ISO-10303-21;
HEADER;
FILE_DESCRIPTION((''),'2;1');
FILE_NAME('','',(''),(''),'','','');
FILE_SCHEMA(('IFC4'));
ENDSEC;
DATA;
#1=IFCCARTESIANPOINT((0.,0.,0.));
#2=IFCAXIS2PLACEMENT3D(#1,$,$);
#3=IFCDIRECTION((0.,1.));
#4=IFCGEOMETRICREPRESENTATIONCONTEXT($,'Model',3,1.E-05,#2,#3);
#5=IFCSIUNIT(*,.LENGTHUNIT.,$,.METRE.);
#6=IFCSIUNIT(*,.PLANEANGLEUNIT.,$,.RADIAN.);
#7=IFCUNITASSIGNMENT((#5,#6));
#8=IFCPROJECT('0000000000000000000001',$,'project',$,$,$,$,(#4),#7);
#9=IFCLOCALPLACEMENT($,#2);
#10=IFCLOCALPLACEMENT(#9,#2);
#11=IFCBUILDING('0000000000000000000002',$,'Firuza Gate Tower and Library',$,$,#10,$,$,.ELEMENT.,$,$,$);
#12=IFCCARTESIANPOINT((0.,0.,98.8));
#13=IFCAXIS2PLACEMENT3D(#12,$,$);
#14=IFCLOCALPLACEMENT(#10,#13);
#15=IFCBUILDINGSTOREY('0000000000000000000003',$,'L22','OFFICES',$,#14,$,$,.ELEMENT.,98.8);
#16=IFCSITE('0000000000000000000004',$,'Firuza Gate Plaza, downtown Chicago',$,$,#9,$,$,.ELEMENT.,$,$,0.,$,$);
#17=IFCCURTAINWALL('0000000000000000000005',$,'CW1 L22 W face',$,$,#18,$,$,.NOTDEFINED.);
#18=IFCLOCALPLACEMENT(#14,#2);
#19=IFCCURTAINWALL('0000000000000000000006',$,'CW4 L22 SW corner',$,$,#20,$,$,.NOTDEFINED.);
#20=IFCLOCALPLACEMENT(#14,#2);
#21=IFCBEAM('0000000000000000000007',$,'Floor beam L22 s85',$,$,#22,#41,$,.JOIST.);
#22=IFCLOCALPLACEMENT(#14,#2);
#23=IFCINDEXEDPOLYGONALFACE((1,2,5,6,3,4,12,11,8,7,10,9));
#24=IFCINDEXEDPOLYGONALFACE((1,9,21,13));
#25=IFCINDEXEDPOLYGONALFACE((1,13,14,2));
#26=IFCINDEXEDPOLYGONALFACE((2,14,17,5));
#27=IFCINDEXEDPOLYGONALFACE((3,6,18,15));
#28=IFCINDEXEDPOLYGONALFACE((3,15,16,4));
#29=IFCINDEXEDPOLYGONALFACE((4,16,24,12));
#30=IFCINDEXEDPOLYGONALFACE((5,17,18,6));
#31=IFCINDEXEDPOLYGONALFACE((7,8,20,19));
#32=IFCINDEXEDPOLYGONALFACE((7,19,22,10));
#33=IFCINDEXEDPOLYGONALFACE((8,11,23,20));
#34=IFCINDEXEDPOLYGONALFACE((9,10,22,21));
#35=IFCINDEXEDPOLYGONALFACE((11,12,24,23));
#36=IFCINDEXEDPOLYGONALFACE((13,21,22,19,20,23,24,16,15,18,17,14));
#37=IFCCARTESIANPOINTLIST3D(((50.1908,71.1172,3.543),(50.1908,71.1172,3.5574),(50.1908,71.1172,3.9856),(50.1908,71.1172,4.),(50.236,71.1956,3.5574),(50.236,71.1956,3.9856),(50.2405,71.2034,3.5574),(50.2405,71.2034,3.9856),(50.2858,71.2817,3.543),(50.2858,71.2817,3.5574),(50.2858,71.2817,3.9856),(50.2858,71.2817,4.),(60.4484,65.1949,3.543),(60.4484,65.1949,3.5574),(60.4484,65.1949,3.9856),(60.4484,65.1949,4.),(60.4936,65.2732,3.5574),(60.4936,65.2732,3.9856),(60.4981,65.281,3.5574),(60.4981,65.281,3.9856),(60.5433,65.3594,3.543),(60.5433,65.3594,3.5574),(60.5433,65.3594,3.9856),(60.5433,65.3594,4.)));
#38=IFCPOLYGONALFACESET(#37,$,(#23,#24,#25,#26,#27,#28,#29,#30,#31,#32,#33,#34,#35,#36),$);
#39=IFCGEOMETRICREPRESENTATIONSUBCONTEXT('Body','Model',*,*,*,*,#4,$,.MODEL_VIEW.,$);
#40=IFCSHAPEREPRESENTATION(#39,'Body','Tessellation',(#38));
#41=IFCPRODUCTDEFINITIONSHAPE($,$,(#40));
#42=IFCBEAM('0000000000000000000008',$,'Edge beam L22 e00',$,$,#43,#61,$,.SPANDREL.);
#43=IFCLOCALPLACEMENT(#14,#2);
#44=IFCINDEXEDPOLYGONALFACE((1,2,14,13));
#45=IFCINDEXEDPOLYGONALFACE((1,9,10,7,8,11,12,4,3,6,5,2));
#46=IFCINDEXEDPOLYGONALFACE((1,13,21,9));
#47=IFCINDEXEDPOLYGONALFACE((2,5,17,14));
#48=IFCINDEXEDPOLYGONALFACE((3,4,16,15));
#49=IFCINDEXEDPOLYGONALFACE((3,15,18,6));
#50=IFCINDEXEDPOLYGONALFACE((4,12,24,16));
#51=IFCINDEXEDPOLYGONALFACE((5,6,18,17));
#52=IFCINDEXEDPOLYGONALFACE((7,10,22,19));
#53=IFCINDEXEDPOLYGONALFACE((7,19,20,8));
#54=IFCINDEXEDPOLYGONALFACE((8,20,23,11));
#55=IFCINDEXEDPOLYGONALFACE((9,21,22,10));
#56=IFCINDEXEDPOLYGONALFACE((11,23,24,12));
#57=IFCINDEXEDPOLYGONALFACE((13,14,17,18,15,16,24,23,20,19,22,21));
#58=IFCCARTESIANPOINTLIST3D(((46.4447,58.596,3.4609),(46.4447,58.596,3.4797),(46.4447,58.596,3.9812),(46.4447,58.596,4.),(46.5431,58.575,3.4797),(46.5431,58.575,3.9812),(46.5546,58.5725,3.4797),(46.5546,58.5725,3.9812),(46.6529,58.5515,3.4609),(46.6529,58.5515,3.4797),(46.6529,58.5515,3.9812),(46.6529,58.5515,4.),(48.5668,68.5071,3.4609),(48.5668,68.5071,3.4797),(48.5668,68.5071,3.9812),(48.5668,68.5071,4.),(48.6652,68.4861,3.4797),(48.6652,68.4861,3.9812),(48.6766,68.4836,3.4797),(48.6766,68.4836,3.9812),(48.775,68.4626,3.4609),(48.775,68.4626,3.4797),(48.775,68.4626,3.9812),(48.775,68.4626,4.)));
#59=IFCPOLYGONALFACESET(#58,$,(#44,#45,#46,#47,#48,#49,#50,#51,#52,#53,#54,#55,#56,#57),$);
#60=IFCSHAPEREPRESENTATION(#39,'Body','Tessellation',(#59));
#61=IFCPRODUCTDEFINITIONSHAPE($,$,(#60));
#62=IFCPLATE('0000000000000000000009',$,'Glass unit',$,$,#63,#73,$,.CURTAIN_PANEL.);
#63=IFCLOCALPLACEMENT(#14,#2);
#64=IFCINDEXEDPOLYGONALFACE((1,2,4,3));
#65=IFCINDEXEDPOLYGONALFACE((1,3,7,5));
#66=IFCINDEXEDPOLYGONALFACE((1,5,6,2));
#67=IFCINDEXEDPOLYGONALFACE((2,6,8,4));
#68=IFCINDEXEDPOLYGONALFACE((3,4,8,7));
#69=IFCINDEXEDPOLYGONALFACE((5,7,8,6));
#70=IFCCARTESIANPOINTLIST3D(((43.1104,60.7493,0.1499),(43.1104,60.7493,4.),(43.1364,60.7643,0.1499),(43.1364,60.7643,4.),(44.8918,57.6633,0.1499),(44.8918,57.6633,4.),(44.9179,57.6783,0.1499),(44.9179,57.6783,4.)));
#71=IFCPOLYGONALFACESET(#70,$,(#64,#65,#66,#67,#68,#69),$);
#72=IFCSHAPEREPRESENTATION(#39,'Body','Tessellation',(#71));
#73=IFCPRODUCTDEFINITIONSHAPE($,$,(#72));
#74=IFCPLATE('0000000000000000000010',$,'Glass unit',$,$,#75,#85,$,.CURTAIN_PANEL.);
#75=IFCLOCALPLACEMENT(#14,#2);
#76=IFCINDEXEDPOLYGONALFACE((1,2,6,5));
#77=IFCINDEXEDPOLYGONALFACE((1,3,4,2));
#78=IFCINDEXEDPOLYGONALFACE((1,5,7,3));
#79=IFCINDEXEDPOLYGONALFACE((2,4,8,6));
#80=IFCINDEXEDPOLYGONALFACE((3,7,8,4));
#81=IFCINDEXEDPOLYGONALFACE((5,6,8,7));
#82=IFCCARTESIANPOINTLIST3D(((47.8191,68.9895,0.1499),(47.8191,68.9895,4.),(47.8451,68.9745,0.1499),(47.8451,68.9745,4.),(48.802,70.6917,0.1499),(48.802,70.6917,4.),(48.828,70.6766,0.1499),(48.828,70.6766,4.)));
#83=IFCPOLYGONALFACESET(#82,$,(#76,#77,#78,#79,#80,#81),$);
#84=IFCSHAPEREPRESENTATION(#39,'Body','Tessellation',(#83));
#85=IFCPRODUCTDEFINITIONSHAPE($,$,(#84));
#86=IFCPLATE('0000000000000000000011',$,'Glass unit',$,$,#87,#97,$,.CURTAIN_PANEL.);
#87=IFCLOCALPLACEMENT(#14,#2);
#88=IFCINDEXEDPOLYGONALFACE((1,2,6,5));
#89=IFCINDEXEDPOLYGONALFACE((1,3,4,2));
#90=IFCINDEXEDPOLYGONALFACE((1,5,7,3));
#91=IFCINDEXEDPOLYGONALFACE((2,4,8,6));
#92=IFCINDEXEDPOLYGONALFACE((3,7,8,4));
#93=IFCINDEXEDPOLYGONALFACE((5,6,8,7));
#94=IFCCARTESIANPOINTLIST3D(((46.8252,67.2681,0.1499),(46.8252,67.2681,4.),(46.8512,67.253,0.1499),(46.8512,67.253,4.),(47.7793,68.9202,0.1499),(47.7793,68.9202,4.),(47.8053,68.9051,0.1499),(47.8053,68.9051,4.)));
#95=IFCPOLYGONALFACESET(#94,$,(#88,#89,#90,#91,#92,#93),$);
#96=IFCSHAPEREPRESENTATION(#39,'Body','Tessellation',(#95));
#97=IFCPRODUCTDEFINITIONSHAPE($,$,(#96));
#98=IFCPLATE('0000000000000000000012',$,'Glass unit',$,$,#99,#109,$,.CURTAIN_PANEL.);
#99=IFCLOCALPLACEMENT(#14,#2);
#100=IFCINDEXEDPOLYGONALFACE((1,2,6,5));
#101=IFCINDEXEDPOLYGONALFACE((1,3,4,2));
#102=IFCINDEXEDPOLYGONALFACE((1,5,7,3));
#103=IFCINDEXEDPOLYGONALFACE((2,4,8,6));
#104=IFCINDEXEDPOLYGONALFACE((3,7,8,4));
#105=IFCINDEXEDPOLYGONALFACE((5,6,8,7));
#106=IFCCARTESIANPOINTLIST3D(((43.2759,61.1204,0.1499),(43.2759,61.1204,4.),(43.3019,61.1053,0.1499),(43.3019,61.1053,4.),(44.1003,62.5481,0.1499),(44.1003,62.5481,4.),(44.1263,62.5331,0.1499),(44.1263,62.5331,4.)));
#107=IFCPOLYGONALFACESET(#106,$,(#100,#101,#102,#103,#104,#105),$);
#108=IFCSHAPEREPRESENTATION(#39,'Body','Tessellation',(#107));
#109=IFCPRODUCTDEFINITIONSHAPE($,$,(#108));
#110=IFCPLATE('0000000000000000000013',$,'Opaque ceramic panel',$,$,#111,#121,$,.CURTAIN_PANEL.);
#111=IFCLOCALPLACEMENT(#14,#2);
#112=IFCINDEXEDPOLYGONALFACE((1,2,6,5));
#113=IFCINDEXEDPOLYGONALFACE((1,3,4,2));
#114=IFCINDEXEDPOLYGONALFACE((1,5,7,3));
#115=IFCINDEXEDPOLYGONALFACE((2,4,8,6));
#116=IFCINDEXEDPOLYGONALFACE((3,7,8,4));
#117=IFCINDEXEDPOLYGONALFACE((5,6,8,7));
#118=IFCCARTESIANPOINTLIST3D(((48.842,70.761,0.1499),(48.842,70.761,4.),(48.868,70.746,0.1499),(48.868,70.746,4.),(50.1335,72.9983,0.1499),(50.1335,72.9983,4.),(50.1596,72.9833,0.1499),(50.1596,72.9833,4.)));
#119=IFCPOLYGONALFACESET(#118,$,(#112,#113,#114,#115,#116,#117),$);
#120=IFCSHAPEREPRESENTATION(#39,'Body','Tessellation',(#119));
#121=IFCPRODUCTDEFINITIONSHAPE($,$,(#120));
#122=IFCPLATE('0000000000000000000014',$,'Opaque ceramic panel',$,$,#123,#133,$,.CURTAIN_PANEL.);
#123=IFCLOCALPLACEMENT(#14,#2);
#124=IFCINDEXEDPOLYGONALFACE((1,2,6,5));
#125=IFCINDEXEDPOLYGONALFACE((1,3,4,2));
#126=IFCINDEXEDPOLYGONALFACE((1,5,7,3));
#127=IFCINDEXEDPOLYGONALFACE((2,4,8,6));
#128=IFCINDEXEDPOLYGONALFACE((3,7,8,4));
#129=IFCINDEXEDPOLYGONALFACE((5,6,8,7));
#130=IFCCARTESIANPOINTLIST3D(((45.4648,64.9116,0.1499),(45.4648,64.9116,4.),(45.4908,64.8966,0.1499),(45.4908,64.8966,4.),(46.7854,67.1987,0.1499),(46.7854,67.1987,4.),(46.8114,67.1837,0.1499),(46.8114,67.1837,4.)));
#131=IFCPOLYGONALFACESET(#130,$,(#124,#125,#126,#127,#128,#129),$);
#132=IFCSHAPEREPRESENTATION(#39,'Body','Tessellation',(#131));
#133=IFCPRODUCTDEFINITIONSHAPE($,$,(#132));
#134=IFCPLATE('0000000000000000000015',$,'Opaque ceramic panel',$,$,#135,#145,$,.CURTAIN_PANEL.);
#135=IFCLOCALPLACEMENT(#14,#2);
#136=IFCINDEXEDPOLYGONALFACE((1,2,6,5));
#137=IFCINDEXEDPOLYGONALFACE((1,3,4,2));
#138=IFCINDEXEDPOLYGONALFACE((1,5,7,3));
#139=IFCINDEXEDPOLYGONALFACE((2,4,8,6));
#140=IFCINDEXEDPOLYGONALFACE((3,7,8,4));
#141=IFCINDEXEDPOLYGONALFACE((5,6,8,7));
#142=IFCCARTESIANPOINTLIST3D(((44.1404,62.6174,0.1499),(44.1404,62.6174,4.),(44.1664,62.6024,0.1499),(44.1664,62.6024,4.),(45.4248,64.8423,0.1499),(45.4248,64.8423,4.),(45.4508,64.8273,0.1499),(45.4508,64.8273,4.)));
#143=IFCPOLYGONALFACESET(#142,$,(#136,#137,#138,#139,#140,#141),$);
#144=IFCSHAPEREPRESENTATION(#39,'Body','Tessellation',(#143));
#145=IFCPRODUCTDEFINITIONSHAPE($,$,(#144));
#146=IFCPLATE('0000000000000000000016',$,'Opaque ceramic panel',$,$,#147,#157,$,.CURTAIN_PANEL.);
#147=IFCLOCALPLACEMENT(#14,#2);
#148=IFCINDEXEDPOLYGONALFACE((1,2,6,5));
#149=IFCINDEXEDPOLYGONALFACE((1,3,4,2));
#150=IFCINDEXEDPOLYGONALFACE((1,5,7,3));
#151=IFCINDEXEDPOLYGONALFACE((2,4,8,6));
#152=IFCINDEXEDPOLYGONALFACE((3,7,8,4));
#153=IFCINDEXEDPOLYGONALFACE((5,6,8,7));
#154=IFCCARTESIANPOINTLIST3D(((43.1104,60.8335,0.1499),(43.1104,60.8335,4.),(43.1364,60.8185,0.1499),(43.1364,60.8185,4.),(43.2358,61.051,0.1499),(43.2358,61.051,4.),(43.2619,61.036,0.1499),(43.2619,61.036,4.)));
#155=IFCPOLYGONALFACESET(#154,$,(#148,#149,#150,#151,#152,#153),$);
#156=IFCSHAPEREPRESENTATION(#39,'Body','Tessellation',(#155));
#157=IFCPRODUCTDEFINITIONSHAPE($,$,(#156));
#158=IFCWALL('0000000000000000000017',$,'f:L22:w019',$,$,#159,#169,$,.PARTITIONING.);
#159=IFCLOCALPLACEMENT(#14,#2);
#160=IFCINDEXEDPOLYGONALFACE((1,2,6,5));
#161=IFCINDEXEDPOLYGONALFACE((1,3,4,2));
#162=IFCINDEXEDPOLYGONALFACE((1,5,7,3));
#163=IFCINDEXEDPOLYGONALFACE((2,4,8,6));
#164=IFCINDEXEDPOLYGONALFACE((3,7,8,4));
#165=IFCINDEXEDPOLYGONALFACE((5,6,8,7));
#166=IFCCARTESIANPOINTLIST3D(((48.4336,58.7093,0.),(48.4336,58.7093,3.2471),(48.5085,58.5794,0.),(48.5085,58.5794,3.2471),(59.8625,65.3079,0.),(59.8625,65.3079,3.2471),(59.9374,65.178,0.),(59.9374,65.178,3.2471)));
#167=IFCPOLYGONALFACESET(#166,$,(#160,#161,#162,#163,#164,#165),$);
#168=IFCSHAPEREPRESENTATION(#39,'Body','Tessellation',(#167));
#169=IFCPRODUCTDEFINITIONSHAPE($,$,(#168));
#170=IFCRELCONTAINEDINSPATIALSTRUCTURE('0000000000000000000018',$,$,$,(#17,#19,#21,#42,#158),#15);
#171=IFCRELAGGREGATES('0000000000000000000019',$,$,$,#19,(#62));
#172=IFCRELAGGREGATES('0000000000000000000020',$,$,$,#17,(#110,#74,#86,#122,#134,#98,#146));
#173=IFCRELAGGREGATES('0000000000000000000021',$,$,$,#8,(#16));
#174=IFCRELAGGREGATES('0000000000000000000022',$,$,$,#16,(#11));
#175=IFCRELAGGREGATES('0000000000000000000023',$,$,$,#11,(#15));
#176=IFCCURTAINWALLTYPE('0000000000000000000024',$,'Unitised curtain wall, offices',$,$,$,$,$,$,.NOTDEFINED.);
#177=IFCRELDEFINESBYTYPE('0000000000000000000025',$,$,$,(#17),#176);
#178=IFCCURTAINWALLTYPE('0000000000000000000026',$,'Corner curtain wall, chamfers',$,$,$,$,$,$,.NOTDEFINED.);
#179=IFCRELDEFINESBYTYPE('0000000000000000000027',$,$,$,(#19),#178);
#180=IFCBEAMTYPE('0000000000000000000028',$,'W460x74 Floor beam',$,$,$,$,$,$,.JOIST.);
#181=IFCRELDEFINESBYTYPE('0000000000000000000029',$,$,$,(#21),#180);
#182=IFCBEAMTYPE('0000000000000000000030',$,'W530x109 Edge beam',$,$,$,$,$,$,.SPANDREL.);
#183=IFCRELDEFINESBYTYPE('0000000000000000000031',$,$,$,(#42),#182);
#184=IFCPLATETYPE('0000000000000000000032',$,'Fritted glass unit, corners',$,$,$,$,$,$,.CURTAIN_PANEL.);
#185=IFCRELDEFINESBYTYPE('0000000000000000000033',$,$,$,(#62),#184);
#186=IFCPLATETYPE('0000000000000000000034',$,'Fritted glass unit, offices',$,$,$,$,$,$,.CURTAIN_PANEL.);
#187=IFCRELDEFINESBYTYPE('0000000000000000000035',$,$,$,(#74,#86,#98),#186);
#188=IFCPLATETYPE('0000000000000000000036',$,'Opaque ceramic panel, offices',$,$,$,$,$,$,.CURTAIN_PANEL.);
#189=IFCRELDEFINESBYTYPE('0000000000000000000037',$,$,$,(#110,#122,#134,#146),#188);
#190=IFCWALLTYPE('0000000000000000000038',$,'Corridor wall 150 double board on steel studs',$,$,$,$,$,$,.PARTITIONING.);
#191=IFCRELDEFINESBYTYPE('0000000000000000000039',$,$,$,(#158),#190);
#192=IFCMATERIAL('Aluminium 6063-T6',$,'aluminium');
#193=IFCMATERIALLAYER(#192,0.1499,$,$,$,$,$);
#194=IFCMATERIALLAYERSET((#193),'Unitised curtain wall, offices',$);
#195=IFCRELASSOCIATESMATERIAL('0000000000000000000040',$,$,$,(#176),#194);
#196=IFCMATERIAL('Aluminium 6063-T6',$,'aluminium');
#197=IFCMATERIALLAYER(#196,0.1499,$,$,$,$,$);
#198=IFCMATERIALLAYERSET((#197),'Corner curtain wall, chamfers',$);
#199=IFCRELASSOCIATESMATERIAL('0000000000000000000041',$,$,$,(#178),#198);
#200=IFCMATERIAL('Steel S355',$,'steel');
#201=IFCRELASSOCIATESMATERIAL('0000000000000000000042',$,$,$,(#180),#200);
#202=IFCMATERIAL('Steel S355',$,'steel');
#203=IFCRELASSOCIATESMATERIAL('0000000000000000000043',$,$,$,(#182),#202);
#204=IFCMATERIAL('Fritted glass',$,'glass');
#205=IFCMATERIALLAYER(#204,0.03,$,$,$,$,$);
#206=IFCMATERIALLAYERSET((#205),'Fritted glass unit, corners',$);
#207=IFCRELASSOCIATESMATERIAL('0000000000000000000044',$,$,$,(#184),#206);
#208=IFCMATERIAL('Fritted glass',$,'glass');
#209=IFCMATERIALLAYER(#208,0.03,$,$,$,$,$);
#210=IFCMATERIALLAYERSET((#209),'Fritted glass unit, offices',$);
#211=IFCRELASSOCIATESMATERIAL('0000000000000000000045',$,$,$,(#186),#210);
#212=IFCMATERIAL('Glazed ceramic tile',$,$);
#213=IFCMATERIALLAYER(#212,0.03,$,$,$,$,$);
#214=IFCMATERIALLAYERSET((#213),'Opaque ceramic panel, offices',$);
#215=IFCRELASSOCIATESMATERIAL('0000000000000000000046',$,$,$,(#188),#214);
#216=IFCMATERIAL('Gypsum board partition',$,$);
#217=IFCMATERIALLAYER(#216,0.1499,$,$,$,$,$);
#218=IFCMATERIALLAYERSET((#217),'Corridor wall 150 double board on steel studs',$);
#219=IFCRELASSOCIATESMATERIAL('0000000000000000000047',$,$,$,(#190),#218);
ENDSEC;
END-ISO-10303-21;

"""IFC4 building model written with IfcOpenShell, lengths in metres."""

from ifc_helpers import new_model, si_unit, direction, frame, frame_2d, origin, origin_2d, place, context, subcontext, project, spatial, polyline, rectangle, i_section, outline, extrude, material, layer, layer_set, material_profile, profile_set, type_object, element, aggregate, save


model = new_model("IFC4")

# Units and contexts
model_context = context("Model", 3, precision=1e-05, world=origin(), true_north=direction((0.0, 1.0)))
body_context = subcontext(model_context, "Body", "Model", "MODEL_VIEW")
ifc_project = project(units=[si_unit("LENGTHUNIT", "METRE"), si_unit("PLANEANGLEUNIT", "RADIAN")], contexts=[model_context])

# Site, building, storey
site_placement = place(None, origin())
site = spatial("IfcSite", under=ifc_project, at=site_placement, Name="Firuza Gate Plaza, downtown Chicago", CompositionType="ELEMENT", RefElevation=0.0)
building_placement = place(site_placement, origin())
building = spatial("IfcBuilding", under=site, at=building_placement, Name="Firuza Gate Tower and Library", CompositionType="ELEMENT")
storey_placement = place(building_placement, frame((0.0, 0.0, 98.8)))
storey = spatial("IfcBuildingStorey", under=building, at=storey_placement, Name="L22", Description="OFFICES", CompositionType="ELEMENT", Elevation=98.8)

# Curtain walls
ifc_material_1 = material(Name="Aluminium 6063-T6", Category="aluminium")
ifc_layer_1 = layer(ifc_material_1, 0.1499)
ifc_layer_set_1 = layer_set([ifc_layer_1], Name="Unitised curtain wall, offices")
curtain_wall_type_1 = type_object("IfcCurtainWallType", Name="Unitised curtain wall, offices", PredefinedType="NOTDEFINED", material=ifc_layer_set_1)
placement = place(storey_placement, origin())
curtain_wall_1 = element("IfcCurtainWall", 1, at=placement, inside=storey, type_object=curtain_wall_type_1, Name="CW1 L22 W face", PredefinedType="NOTDEFINED")
ifc_material_2 = material(Name="Aluminium 6063-T6", Category="aluminium")
ifc_layer_2 = layer(ifc_material_2, 0.1499)
ifc_layer_set_2 = layer_set([ifc_layer_2], Name="Corner curtain wall, chamfers")
curtain_wall_type_2 = type_object("IfcCurtainWallType", Name="Corner curtain wall, chamfers", PredefinedType="NOTDEFINED", material=ifc_layer_set_2)
curtain_wall_2 = element("IfcCurtainWall", 2, at=placement, inside=storey, type_object=curtain_wall_type_2, Name="CW4 L22 SW corner", PredefinedType="NOTDEFINED")

# Beams
ifc_material_3 = material(Name="Steel S355", Category="steel")
ifc_material_profile_1 = material_profile(ifc_material_3, i_section(OverallWidth=0.1899, OverallDepth=0.457, WebThickness=0.009, FlangeThickness=0.0144, at=origin_2d()))
ifc_profile_set_1 = profile_set([ifc_material_profile_1], Name="Steel S355")
beam_type_1 = type_object("IfcBeamType", Name="W460x74 Floor beam", PredefinedType="JOIST", material=ifc_profile_set_1)
beam_1_placement = place(storey_placement, frame((50.2383, 71.1995, 3.7715), z_axis=(0.86602, -0.50001, 0.0), x_axis=(0.50001, 0.86602, 0.0)))
element("IfcBeam", 3, at=beam_1_placement, inside=storey, type_object=beam_type_1, Name="Floor beam L22 s85", PredefinedType="JOIST", context=body_context, shape_type="SweptSolid", body=[
    extrude(i_section(OverallWidth=0.1899, OverallDepth=0.457, WebThickness=0.009, FlangeThickness=0.0144, at=origin_2d()), origin(), (0.0, 0.0, 1.0), 11.8445),
])
ifc_material_4 = material(Name="Steel S355", Category="steel")
ifc_material_profile_2 = material_profile(ifc_material_4, i_section(OverallWidth=0.2129, OverallDepth=0.5391, WebThickness=0.0117, FlangeThickness=0.0188, at=origin_2d()))
ifc_profile_set_2 = profile_set([ifc_material_profile_2], Name="Steel S355")
beam_type_2 = type_object("IfcBeamType", Name="W530x109 Edge beam", PredefinedType="SPANDREL", material=ifc_profile_set_2)
beam_2_placement = place(storey_placement, frame((48.6709, 68.4849, 3.7305), z_axis=(-0.209365, -0.977838, 0.0), x_axis=(0.977838, -0.209365, 0.0)))
element("IfcBeam", 4, at=beam_2_placement, inside=storey, type_object=beam_type_2, Name="Edge beam L22 e00", PredefinedType="SPANDREL", context=body_context, shape_type="SweptSolid", body=[
    extrude(i_section(OverallWidth=0.2129, OverallDepth=0.5391, WebThickness=0.0117, FlangeThickness=0.0188, at=origin_2d()), origin(), (0.0, 0.0, 1.0), 10.1357),
])

# Plates
ifc_material_5 = material(Name="Fritted glass", Category="glass")
ifc_layer_3 = layer(ifc_material_5, 0.03)
ifc_layer_set_3 = layer_set([ifc_layer_3], Name="Fritted glass unit, corners")
plate_type_1 = type_object("IfcPlateType", Name="Fritted glass unit, corners", PredefinedType="CURTAIN_PANEL", material=ifc_layer_set_3)
plate_1_placement = place(storey_placement, frame((43.1104, 60.7493, 0.1499), z_axis=(-0.866046, -0.499964, 0.0), x_axis=(0.499964, -0.866046, 0.0)))
plate_1 = element("IfcPlate", 5, at=plate_1_placement, type_object=plate_type_1, Name="Glass unit", PredefinedType="CURTAIN_PANEL", context=body_context, shape_type="SweptSolid", body=[
    extrude(outline(polyline([(0.0, 0.0), (3.5632, 0.0), (3.5632, 3.8501), (0.0, 3.8501), (0.0, 0.0)])), origin(), (0.0, 0.0, -1.0), 0.03),
])
aggregate(curtain_wall_2, [plate_1])
ifc_material_6 = material(Name="Fritted glass", Category="glass")
ifc_layer_4 = layer(ifc_material_6, 0.03)
ifc_layer_set_4 = layer_set([ifc_layer_4], Name="Fritted glass unit, offices")
plate_type_2 = type_object("IfcPlateType", Name="Fritted glass unit, offices", PredefinedType="CURTAIN_PANEL", material=ifc_layer_set_4)
plate_2_placement = place(storey_placement, frame((48.802, 70.6917, 0.1499), z_axis=(-0.865987, 0.500067, 0.0), x_axis=(-0.500067, -0.865987, 0.0)))
plate_2 = element("IfcPlate", 6, at=plate_2_placement, type_object=plate_type_2, Name="Glass unit", PredefinedType="CURTAIN_PANEL", context=body_context, shape_type="SweptSolid", body=[
    extrude(outline(polyline([(0.0, 0.0), (1.9656, 0.0), (1.9656, 3.8501), (0.0, 3.8501), (0.0, 0.0)])), origin(), (0.0, 0.0, -1.0), 0.03),
])
plate_3_placement = place(storey_placement, frame((47.7793, 68.9202, 0.1499), z_axis=(-0.865966, 0.500103, 0.0), x_axis=(-0.500103, -0.865966, 0.0)))
plate_3 = element("IfcPlate", 7, at=plate_3_placement, type_object=plate_type_2, Name="Glass unit", PredefinedType="CURTAIN_PANEL", context=body_context, shape_type="SweptSolid", body=[
    extrude(outline(polyline([(0.0, 0.0), (1.9078, 0.0), (1.9078, 3.8501), (0.0, 3.8501), (0.0, 0.0)])), origin(), (0.0, 0.0, -1.0), 0.03),
])
plate_4_placement = place(storey_placement, frame((44.1003, 62.5481, 0.1499), z_axis=(-0.865983, 0.500073, 0.0), x_axis=(-0.500073, -0.865983, 0.0)))
plate_4 = element("IfcPlate", 8, at=plate_4_placement, type_object=plate_type_2, Name="Glass unit", PredefinedType="CURTAIN_PANEL", context=body_context, shape_type="SweptSolid", body=[
    extrude(outline(polyline([(0.0, 0.0), (1.6487, 0.0), (1.6487, 3.8501), (0.0, 3.8501), (0.0, 0.0)])), origin(), (0.0, 0.0, -1.0), 0.03),
])
ifc_material_7 = material(Name="Glazed ceramic tile")
ifc_layer_5 = layer(ifc_material_7, 0.03)
ifc_layer_set_5 = layer_set([ifc_layer_5], Name="Opaque ceramic panel, offices")
plate_type_3 = type_object("IfcPlateType", Name="Opaque ceramic panel, offices", PredefinedType="CURTAIN_PANEL", material=ifc_layer_set_5)
plate_5_placement = place(storey_placement, frame((50.1335, 72.9983, 0.1499), z_axis=(-0.86606, 0.499941, 0.0), x_axis=(-0.499941, -0.86606, 0.0)))
plate_5 = element("IfcPlate", 9, at=plate_5_placement, type_object=plate_type_3, Name="Opaque ceramic panel", PredefinedType="CURTAIN_PANEL", context=body_context, shape_type="SweptSolid", body=[
    extrude(outline(polyline([(0.0, 0.0), (2.5833, 0.0), (2.5833, 3.8501), (0.0, 3.8501), (0.0, 0.0)])), origin(), (0.0, 0.0, -1.0), 0.03),
])
plate_6_placement = place(storey_placement, frame((46.7854, 67.1987, 0.1499), z_axis=(-0.86601, 0.500027, 0.0), x_axis=(-0.500027, -0.86601, 0.0)))
plate_6 = element("IfcPlate", 10, at=plate_6_placement, type_object=plate_type_3, Name="Opaque ceramic panel", PredefinedType="CURTAIN_PANEL", context=body_context, shape_type="SweptSolid", body=[
    extrude(outline(polyline([(0.0, 0.0), (2.641, 0.0), (2.641, 3.8501), (0.0, 3.8501), (0.0, 0.0)])), origin(), (0.0, 0.0, -1.0), 0.03),
])
plate_7_placement = place(storey_placement, frame((45.4248, 64.8423, 0.1499), z_axis=(-0.866042, 0.499972, 0.0), x_axis=(-0.499972, -0.866042, 0.0)))
plate_7 = element("IfcPlate", 11, at=plate_7_placement, type_object=plate_type_3, Name="Opaque ceramic panel", PredefinedType="CURTAIN_PANEL", context=body_context, shape_type="SweptSolid", body=[
    extrude(outline(polyline([(0.0, 0.0), (2.569, 0.0), (2.569, 3.8501), (0.0, 3.8501), (0.0, 0.0)])), origin(), (0.0, 0.0, -1.0), 0.03),
])
plate_8_placement = place(storey_placement, frame((43.2358, 61.051, 0.1499), z_axis=(-0.866202, 0.499694, 0.0), x_axis=(-0.499694, -0.866202, 0.0)))
plate_8 = element("IfcPlate", 12, at=plate_8_placement, type_object=plate_type_3, Name="Opaque ceramic panel", PredefinedType="CURTAIN_PANEL", context=body_context, shape_type="SweptSolid", body=[
    extrude(outline(polyline([(0.0, 0.0), (0.2511, 0.0), (0.2511, 3.8501), (0.0, 3.8501), (0.0, 0.0)])), origin(), (0.0, 0.0, -1.0), 0.03),
])
aggregate(curtain_wall_1, [plate_5, plate_2, plate_3, plate_6, plate_7, plate_4, plate_8])

# Wall
ifc_material_8 = material(Name="Gypsum board partition")
ifc_layer_6 = layer(ifc_material_8, 0.1499)
ifc_layer_set_6 = layer_set([ifc_layer_6], Name="Corridor wall 150 double board on steel studs")
wall_type = type_object("IfcWallType", Name="Corridor wall 150 double board on steel studs", PredefinedType="PARTITIONING", material=ifc_layer_set_6)
wall_1_placement = place(storey_placement, frame((48.4709, 58.6443, 0.0), z_axis=(0.0, 0.0, 1.0), x_axis=(0.866021, 0.500007, 0.0)))
element("IfcWall", 13, at=wall_1_placement, inside=storey, type_object=wall_type, Name="f:L22:w019", PredefinedType="PARTITIONING", context=body_context, shape_type="SweptSolid", body=[
    extrude(rectangle(XDim=13.197, YDim=0.1499, at=frame_2d((6.5986, 0.0))), origin(), (0.0, 0.0, 1.0), 3.2471),
])

save(model, "model.ifc")
